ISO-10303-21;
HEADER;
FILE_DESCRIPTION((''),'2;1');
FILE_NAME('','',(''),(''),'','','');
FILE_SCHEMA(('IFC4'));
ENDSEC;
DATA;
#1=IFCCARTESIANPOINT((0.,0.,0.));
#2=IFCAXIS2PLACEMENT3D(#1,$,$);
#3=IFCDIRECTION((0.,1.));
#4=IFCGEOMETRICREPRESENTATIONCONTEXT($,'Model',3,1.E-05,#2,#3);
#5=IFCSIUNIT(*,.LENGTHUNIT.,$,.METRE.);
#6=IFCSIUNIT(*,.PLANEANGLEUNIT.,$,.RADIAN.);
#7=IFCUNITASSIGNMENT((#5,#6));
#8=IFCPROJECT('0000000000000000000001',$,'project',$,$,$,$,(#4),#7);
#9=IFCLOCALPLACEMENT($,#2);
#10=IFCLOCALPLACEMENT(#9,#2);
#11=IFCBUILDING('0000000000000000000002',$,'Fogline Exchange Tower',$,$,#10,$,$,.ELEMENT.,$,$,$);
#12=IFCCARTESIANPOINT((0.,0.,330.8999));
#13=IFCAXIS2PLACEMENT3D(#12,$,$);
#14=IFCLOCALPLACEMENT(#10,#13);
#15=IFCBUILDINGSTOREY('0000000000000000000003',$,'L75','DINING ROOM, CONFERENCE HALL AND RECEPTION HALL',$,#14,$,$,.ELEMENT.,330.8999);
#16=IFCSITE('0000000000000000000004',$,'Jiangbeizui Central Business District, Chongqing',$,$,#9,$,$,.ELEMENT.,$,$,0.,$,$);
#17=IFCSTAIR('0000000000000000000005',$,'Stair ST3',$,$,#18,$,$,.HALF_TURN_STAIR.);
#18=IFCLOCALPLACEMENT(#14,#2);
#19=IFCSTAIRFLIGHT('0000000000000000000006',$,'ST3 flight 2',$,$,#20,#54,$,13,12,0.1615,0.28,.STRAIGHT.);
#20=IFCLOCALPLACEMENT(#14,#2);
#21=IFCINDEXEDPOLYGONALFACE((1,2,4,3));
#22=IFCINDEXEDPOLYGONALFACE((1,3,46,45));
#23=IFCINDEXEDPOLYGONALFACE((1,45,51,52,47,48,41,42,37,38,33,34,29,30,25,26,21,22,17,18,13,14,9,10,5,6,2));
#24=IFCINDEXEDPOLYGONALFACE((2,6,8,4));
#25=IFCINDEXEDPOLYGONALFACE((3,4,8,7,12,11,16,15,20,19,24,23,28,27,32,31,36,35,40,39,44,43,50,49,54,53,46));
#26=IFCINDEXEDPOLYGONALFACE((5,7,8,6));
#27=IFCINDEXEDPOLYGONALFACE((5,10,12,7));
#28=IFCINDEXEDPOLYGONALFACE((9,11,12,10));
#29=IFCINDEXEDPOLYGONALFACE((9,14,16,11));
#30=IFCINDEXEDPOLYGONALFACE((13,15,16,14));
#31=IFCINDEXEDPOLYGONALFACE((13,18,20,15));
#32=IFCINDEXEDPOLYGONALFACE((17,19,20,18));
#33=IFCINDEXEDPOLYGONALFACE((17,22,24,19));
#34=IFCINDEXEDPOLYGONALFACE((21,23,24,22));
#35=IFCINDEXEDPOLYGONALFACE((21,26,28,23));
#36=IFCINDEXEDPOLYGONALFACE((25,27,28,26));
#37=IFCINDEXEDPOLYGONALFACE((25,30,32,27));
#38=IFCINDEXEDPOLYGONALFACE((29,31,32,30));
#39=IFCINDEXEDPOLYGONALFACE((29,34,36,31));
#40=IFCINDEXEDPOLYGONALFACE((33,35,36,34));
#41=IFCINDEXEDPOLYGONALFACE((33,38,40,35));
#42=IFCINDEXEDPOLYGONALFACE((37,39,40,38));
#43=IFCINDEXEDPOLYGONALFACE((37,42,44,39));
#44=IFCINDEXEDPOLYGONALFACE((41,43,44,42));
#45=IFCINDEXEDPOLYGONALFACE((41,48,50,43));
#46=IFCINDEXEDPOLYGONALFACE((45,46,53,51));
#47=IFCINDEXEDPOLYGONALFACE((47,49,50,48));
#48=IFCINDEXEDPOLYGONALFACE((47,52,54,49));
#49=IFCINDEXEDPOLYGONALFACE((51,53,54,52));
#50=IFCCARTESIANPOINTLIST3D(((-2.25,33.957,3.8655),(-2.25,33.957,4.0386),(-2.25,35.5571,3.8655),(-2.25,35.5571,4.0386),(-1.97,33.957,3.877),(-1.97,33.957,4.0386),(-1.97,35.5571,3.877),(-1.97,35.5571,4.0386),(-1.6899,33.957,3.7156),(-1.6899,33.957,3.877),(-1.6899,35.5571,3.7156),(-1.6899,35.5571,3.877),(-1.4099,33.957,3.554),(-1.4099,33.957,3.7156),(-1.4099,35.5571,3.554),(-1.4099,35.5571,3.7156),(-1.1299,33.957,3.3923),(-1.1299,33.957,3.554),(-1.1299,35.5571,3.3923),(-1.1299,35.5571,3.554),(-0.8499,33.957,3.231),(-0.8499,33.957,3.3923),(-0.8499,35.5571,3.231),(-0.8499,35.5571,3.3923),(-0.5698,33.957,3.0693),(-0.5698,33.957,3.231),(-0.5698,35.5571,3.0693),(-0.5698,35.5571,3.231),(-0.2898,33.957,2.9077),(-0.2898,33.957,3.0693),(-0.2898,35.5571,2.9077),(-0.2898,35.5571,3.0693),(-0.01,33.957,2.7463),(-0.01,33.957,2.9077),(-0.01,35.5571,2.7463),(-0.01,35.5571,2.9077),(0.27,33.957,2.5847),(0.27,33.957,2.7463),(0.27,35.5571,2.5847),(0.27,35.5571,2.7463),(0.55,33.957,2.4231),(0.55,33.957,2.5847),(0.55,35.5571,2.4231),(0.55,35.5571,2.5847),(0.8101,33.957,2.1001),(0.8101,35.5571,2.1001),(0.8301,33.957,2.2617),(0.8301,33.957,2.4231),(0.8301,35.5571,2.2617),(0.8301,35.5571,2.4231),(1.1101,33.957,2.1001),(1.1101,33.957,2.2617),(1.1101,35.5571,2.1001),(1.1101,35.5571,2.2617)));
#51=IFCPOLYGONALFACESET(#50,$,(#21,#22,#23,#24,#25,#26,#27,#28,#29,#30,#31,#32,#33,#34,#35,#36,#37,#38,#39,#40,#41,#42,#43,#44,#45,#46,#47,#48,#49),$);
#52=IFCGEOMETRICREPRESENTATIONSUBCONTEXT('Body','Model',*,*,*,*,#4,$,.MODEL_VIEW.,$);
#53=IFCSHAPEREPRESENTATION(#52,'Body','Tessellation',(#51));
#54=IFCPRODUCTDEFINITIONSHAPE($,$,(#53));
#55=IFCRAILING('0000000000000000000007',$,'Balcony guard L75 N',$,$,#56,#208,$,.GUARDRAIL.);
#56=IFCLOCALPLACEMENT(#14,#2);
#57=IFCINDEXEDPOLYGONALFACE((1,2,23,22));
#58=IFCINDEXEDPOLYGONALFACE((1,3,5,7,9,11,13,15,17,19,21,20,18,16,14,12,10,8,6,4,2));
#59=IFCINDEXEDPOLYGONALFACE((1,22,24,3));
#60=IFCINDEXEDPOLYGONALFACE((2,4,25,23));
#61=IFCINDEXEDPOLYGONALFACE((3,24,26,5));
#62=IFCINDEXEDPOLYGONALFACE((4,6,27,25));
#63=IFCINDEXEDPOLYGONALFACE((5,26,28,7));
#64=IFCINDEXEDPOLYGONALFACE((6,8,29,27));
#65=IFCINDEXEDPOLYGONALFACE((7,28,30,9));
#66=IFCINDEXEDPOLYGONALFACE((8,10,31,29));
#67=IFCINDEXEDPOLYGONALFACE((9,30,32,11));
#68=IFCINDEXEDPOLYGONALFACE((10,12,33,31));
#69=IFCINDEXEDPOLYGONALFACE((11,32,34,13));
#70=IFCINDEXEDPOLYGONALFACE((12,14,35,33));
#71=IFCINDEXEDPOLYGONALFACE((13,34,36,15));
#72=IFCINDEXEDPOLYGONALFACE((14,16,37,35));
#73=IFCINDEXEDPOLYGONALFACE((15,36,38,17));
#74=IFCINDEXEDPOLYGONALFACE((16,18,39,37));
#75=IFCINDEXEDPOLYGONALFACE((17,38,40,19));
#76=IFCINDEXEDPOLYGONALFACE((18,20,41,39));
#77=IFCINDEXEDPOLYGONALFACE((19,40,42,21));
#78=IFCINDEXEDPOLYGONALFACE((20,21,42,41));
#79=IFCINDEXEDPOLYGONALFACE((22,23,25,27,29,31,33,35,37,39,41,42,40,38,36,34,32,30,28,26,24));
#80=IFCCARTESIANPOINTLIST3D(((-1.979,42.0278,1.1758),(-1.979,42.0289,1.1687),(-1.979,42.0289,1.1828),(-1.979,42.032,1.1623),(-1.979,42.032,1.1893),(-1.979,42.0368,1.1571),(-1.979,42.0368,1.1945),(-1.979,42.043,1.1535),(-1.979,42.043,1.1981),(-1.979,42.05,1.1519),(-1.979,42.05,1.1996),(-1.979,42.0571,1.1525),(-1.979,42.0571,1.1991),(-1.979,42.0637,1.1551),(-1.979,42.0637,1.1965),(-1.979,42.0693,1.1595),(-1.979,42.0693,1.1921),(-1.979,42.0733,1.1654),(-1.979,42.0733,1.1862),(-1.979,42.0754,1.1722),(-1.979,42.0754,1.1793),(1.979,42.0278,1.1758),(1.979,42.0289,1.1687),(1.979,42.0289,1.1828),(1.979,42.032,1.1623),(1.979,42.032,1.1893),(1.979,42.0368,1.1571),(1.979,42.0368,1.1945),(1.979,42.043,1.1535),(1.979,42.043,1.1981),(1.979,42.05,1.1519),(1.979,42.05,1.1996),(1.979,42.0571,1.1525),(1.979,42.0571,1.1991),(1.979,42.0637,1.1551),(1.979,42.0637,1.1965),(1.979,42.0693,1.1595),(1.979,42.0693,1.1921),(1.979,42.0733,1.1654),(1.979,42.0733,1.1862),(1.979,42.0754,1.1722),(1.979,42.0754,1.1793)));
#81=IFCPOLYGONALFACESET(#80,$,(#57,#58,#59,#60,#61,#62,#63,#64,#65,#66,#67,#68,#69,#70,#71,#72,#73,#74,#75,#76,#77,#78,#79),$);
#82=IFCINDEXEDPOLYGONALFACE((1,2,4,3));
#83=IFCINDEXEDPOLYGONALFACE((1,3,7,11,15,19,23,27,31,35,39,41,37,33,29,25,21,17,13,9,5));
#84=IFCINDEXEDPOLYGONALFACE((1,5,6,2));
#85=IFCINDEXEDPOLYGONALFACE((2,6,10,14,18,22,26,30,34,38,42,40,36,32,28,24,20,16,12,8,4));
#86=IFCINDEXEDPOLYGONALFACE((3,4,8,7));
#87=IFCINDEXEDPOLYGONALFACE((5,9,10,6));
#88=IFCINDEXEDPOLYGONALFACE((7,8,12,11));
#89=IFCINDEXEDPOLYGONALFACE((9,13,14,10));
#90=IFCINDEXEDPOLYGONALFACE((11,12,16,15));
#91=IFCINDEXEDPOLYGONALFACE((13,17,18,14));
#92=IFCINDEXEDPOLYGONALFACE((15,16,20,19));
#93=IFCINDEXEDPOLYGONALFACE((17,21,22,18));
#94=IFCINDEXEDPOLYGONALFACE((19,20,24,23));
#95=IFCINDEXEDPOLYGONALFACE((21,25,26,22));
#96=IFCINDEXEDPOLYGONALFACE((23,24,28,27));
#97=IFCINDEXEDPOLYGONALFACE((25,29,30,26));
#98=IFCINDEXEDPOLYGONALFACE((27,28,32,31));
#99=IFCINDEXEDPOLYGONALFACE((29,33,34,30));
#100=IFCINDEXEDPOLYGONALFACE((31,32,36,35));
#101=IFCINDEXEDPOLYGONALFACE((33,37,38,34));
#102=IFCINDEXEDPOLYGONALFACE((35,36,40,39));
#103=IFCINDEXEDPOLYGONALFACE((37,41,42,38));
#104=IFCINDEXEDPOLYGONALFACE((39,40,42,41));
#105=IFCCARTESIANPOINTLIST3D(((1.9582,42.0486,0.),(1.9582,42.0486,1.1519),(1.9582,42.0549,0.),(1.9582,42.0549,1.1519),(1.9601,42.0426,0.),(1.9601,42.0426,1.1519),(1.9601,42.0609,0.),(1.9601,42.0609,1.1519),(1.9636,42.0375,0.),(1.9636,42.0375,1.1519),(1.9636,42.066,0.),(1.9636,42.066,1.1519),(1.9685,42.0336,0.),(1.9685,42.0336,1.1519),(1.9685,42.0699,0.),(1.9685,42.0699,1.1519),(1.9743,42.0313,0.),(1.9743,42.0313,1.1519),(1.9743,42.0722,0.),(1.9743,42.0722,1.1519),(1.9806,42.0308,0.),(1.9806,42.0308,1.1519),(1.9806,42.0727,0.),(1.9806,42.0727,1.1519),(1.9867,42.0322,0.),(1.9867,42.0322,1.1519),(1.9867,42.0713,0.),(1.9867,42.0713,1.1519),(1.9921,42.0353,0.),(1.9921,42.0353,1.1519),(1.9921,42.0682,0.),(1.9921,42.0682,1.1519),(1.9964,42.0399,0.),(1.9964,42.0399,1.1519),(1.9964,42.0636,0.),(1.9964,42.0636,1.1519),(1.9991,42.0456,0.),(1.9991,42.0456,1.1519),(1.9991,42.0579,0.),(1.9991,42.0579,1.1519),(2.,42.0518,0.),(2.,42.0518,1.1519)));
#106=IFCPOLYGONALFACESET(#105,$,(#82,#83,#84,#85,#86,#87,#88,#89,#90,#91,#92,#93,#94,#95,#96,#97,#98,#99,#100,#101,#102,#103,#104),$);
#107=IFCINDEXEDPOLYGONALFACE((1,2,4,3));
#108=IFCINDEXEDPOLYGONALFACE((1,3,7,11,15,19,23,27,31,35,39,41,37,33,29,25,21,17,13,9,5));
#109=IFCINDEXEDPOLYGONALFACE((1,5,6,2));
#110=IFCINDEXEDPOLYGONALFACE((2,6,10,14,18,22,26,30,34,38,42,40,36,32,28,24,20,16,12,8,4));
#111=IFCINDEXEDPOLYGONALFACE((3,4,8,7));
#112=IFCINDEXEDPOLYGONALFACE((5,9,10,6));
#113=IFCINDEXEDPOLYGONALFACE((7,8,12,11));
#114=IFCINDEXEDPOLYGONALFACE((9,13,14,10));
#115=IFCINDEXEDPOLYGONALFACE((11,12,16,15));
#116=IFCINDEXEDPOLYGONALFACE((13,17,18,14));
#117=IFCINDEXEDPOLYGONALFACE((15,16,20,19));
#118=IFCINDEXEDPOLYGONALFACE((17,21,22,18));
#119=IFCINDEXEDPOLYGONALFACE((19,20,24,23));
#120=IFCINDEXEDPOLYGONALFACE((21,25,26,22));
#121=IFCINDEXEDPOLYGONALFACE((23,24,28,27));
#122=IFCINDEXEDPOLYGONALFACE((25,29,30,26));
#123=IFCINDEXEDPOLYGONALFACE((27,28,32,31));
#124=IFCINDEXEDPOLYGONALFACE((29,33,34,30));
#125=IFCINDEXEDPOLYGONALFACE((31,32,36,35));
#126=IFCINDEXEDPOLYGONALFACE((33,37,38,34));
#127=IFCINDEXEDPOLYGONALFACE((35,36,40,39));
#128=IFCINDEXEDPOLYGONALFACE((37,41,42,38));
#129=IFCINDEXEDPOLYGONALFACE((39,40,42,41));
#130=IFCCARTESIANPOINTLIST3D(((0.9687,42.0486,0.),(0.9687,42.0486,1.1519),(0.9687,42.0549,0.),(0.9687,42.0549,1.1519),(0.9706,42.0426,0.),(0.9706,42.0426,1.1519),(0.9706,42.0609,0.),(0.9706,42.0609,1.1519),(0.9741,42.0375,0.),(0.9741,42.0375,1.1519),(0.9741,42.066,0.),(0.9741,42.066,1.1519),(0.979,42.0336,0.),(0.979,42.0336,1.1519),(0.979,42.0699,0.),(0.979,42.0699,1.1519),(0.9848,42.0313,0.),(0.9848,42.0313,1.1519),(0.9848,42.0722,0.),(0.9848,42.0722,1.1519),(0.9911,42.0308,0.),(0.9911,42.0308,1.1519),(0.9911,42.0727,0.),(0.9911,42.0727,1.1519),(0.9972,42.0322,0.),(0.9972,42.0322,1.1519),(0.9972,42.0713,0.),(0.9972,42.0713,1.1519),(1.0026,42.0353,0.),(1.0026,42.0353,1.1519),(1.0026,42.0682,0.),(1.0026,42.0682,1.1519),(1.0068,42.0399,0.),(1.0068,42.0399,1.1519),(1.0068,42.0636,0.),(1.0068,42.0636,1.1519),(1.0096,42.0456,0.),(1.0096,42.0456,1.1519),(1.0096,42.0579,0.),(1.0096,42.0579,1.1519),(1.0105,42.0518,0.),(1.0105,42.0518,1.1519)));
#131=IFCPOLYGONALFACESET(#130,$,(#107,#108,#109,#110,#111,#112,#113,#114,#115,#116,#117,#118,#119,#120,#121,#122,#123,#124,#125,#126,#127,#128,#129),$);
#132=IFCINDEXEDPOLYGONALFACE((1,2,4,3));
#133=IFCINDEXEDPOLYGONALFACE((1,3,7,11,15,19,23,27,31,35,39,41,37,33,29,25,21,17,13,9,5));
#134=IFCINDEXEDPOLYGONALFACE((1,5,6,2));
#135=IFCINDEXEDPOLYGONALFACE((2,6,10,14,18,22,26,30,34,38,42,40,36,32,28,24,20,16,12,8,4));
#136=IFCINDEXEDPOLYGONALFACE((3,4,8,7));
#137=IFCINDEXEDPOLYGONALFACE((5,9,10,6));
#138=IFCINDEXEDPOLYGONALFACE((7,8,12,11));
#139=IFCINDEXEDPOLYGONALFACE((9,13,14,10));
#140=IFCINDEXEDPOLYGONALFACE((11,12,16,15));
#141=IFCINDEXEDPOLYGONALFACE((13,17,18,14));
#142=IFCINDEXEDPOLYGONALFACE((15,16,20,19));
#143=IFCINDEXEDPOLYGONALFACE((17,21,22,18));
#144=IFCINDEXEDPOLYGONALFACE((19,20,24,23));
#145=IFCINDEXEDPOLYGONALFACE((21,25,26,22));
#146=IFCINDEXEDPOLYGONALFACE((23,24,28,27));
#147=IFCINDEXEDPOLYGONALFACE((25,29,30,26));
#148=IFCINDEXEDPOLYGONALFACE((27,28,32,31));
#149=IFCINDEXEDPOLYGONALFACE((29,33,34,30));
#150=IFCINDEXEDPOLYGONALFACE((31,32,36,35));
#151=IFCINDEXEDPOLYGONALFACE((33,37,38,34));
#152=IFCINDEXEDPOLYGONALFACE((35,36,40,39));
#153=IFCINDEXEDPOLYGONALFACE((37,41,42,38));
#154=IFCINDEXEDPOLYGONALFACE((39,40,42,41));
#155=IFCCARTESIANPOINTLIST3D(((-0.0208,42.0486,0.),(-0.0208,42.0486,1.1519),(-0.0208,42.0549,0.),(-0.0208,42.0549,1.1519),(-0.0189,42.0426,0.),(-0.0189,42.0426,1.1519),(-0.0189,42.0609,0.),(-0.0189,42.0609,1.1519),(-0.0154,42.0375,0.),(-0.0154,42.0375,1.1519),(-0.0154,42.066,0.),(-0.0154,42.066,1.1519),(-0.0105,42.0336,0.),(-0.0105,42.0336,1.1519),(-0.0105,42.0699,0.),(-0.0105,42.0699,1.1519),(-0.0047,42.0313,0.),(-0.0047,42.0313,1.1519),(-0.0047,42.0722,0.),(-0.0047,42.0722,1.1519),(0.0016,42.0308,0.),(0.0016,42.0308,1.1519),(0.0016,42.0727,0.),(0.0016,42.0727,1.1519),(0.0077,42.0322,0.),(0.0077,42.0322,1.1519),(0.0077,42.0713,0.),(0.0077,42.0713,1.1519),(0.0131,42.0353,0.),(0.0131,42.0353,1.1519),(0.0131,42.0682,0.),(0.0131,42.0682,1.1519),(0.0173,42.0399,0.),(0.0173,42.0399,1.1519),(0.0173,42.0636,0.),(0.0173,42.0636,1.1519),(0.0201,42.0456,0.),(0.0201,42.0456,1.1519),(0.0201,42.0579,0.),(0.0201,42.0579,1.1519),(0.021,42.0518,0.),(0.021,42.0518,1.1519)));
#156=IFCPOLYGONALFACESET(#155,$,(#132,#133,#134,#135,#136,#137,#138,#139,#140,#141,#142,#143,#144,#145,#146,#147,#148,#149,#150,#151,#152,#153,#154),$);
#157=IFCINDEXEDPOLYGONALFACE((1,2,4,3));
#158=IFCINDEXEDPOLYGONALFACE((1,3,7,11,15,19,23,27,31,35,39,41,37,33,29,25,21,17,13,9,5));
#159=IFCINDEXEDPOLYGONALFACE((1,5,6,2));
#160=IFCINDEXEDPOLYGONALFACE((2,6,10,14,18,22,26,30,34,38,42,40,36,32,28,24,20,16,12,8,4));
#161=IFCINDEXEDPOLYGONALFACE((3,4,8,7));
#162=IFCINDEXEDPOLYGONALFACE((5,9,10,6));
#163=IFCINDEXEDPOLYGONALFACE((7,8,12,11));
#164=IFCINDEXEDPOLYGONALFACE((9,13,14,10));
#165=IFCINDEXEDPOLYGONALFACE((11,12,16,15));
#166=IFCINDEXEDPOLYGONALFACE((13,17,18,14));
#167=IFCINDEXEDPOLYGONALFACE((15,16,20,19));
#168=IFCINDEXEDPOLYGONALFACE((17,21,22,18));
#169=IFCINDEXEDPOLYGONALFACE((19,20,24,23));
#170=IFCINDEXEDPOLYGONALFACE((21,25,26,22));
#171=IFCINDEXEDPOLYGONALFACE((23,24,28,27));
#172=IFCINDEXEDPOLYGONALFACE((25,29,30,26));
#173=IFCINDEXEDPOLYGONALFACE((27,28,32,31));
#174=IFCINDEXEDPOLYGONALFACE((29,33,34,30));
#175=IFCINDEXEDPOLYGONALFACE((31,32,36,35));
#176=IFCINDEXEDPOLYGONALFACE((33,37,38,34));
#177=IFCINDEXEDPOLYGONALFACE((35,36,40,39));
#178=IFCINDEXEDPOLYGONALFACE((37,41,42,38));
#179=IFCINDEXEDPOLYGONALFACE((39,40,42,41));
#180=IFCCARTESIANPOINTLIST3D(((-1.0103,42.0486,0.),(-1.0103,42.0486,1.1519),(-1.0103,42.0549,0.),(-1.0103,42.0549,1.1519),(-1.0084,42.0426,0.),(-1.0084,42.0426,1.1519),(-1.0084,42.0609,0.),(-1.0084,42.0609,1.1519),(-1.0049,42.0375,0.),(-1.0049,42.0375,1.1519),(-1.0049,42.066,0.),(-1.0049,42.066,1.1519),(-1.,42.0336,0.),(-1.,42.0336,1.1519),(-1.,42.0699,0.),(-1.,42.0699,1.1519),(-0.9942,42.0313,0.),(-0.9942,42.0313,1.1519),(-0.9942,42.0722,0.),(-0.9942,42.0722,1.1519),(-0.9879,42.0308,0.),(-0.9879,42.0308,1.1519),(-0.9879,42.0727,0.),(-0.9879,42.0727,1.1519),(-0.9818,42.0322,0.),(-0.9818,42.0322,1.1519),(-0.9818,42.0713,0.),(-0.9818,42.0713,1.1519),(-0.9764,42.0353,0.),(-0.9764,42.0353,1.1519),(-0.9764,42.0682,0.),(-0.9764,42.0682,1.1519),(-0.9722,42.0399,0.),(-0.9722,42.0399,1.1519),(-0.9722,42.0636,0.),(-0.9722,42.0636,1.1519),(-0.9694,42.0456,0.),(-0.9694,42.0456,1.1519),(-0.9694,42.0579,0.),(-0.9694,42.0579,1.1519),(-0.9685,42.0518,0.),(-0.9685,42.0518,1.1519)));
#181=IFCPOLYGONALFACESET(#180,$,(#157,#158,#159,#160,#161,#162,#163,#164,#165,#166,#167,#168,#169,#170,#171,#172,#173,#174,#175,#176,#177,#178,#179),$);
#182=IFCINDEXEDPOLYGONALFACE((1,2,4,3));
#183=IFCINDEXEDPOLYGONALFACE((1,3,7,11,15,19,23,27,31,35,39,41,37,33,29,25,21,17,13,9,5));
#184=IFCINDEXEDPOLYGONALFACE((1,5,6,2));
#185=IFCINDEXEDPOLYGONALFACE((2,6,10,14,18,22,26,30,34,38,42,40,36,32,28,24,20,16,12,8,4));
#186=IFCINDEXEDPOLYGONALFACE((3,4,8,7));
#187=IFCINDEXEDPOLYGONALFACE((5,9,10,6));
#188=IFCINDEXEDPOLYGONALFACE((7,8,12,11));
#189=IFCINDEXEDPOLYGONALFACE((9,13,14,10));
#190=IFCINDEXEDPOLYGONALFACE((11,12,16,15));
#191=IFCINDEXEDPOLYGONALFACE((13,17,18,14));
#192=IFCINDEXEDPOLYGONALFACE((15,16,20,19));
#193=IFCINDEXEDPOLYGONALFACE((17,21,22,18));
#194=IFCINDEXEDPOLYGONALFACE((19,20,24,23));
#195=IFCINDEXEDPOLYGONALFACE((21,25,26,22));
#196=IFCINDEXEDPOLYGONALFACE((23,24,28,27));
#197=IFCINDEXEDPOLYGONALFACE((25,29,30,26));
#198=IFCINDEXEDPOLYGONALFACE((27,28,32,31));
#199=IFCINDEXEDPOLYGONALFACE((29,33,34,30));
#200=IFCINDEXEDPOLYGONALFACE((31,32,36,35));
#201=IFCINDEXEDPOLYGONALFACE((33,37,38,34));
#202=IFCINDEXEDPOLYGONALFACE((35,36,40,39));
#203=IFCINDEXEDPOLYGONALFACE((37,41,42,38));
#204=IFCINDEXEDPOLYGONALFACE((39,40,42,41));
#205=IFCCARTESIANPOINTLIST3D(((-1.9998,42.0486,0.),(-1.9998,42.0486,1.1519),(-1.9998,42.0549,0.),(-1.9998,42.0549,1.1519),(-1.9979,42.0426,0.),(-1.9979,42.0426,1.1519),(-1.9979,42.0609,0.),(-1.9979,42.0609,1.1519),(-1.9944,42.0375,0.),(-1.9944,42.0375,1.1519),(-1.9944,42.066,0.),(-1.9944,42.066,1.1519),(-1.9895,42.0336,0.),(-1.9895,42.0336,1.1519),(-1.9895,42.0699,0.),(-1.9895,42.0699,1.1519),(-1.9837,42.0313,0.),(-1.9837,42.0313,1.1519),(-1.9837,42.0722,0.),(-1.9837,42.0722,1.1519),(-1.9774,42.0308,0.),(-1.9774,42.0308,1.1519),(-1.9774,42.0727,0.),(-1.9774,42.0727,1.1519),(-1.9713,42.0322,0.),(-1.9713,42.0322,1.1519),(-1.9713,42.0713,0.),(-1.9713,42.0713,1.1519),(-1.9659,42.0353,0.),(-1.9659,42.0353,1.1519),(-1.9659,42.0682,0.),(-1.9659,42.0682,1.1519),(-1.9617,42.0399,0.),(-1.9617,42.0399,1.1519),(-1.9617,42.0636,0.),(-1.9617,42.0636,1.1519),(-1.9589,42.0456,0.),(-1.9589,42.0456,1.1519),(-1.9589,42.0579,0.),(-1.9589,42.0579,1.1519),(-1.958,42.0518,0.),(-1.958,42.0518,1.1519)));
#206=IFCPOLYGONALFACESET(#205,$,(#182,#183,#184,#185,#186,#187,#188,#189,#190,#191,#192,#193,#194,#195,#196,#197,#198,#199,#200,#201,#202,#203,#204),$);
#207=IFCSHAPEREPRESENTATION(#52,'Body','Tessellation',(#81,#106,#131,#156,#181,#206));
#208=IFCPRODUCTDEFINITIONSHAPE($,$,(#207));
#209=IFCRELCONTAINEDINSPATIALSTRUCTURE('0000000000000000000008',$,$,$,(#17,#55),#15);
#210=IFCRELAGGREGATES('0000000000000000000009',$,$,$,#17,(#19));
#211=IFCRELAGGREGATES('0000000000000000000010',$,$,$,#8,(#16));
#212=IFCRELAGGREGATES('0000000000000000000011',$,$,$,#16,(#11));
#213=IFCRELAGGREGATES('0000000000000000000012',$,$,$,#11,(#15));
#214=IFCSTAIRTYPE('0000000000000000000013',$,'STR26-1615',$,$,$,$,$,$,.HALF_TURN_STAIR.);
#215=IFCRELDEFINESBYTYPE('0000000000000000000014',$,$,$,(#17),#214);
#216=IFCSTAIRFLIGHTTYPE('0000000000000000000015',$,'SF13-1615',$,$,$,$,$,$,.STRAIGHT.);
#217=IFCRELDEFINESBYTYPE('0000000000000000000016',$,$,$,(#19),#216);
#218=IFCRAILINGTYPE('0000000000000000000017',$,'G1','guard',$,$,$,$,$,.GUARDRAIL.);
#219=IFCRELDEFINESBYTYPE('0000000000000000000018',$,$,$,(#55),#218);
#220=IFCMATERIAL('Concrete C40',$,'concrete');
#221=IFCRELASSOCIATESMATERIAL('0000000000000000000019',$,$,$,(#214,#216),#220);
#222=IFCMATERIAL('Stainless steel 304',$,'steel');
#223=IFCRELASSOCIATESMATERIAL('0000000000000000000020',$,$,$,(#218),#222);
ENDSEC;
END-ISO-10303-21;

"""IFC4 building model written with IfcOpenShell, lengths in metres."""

from ifc_helpers import new_model, si_unit, direction, frame, origin, origin_2d, place, context, subcontext, project, spatial, polyline, circle, outline, extrude, material, type_object, element, aggregate, save


model = new_model("IFC4")

# Units and contexts
model_context = context("Model", 3, precision=1e-05, world=origin(), true_north=direction((0.0, 1.0)))
body_context = subcontext(model_context, "Body", "Model", "MODEL_VIEW")
ifc_project = project(units=[si_unit("LENGTHUNIT", "METRE"), si_unit("PLANEANGLEUNIT", "RADIAN")], contexts=[model_context])

# Site, building, storey
site_placement = place(None, origin())
site = spatial("IfcSite", under=ifc_project, at=site_placement, Name="Jiangbeizui Central Business District, Chongqing", CompositionType="ELEMENT", RefElevation=0.0)
building_placement = place(site_placement, origin())
building = spatial("IfcBuilding", under=site, at=building_placement, Name="Fogline Exchange Tower", CompositionType="ELEMENT")
storey_placement = place(building_placement, frame((0.0, 0.0, 330.8999)))
storey = spatial("IfcBuildingStorey", under=building, at=storey_placement, Name="L75", Description="DINING ROOM, CONFERENCE HALL AND RECEPTION HALL", CompositionType="ELEMENT", Elevation=330.8999)

# Shared definitions
ifc_material_1 = material(Name="Concrete C40", Category="concrete")

# Stair, stair flight
stair_type = type_object("IfcStairType", Name="STR26-1615", PredefinedType="HALF_TURN_STAIR", material=ifc_material_1)
stair_placement = place(storey_placement, origin())
stair = element("IfcStair", 1, at=stair_placement, inside=storey, type_object=stair_type, Name="Stair ST3", PredefinedType="HALF_TURN_STAIR")
stair_flight_type = type_object("IfcStairFlightType", Name="SF13-1615", PredefinedType="STRAIGHT", material=ifc_material_1)
stair_flight_placement = place(storey_placement, frame((1.1101, 34.7571, 2.1001), z_axis=(0.0, 0.0, 1.0), x_axis=(-1.0, 0.0, 0.0)))
stair_flight = element("IfcStairFlight", 2, at=stair_flight_placement, type_object=stair_flight_type, Name="ST3 flight 2", NumberOfRisers=13, NumberOfTreads=12, PredefinedType="STRAIGHT", RiserHeight=0.1615, TreadLength=0.28, context=body_context, shape_type="SweptSolid", body=[
    extrude(outline(polyline([(0.0, 0.0), (0.0, 0.1616), (0.28, 0.1616), (0.28, 0.323), (0.5601, 0.323), (0.5601, 0.4846), (0.8401, 0.4846), (0.8401, 0.6462), (1.1201, 0.6462), (1.1201, 0.8076), (1.3999, 0.8076), (1.3999, 0.9692), (1.6799, 0.9692), (1.6799, 1.1309), (1.96, 1.1309), (1.96, 1.2922), (2.24, 1.2922), (2.24, 1.4539), (2.52, 1.4539), (2.52, 1.6155), (2.8, 1.6155), (2.8, 1.7769), (3.0801, 1.7769), (3.0801, 1.9385), (3.3601, 1.9385), (3.3601, 2.1001), (3.3601, 1.7654), (0.3, 0.0), (0.0, 0.0)])), frame((0.0, 0.8, 0.0), z_axis=(0.0, -1.0, 0.0), x_axis=(1.0, 0.0, 0.0)), (0.0, 0.0, 1.0), 1.6001),
])
aggregate(stair, [stair_flight])

# Railing
ifc_material_2 = material(Name="Stainless steel 304", Category="steel")
railing_type = type_object("IfcRailingType", Name="G1", Description="guard", PredefinedType="GUARDRAIL", material=ifc_material_2)
railing_placement = place(storey_placement, frame((1.979, 42.0518, 0.0)))
element("IfcRailing", 3, at=railing_placement, inside=storey, type_object=railing_type, Name="Balcony guard L75 N", PredefinedType="GUARDRAIL", context=body_context, shape_type="SweptSolid", body=[
    extrude(circle(Radius=0.0239, at=origin_2d()), frame((0.0, 0.0, 1.1758), z_axis=(-1.0, 0.0, 0.0), x_axis=(0.0, -1.0, 0.0)), (0.0, 0.0, 1.0), 3.958),
    extrude(circle(Radius=0.021, at=origin_2d()), origin(), (0.0, 0.0, 1.0), 1.1519),
    extrude(circle(Radius=0.021, at=origin_2d()), frame((-0.9895, 0.0, 0.0)), (0.0, 0.0, 1.0), 1.1519),
    extrude(circle(Radius=0.021, at=origin_2d()), frame((-1.979, 0.0, 0.0)), (0.0, 0.0, 1.0), 1.1519),
    extrude(circle(Radius=0.021, at=origin_2d()), frame((-2.9685, 0.0, 0.0)), (0.0, 0.0, 1.0), 1.1519),
    extrude(circle(Radius=0.021, at=origin_2d()), frame((-3.958, 0.0, 0.0)), (0.0, 0.0, 1.0), 1.1519),
])

save(model, "model.ifc")
